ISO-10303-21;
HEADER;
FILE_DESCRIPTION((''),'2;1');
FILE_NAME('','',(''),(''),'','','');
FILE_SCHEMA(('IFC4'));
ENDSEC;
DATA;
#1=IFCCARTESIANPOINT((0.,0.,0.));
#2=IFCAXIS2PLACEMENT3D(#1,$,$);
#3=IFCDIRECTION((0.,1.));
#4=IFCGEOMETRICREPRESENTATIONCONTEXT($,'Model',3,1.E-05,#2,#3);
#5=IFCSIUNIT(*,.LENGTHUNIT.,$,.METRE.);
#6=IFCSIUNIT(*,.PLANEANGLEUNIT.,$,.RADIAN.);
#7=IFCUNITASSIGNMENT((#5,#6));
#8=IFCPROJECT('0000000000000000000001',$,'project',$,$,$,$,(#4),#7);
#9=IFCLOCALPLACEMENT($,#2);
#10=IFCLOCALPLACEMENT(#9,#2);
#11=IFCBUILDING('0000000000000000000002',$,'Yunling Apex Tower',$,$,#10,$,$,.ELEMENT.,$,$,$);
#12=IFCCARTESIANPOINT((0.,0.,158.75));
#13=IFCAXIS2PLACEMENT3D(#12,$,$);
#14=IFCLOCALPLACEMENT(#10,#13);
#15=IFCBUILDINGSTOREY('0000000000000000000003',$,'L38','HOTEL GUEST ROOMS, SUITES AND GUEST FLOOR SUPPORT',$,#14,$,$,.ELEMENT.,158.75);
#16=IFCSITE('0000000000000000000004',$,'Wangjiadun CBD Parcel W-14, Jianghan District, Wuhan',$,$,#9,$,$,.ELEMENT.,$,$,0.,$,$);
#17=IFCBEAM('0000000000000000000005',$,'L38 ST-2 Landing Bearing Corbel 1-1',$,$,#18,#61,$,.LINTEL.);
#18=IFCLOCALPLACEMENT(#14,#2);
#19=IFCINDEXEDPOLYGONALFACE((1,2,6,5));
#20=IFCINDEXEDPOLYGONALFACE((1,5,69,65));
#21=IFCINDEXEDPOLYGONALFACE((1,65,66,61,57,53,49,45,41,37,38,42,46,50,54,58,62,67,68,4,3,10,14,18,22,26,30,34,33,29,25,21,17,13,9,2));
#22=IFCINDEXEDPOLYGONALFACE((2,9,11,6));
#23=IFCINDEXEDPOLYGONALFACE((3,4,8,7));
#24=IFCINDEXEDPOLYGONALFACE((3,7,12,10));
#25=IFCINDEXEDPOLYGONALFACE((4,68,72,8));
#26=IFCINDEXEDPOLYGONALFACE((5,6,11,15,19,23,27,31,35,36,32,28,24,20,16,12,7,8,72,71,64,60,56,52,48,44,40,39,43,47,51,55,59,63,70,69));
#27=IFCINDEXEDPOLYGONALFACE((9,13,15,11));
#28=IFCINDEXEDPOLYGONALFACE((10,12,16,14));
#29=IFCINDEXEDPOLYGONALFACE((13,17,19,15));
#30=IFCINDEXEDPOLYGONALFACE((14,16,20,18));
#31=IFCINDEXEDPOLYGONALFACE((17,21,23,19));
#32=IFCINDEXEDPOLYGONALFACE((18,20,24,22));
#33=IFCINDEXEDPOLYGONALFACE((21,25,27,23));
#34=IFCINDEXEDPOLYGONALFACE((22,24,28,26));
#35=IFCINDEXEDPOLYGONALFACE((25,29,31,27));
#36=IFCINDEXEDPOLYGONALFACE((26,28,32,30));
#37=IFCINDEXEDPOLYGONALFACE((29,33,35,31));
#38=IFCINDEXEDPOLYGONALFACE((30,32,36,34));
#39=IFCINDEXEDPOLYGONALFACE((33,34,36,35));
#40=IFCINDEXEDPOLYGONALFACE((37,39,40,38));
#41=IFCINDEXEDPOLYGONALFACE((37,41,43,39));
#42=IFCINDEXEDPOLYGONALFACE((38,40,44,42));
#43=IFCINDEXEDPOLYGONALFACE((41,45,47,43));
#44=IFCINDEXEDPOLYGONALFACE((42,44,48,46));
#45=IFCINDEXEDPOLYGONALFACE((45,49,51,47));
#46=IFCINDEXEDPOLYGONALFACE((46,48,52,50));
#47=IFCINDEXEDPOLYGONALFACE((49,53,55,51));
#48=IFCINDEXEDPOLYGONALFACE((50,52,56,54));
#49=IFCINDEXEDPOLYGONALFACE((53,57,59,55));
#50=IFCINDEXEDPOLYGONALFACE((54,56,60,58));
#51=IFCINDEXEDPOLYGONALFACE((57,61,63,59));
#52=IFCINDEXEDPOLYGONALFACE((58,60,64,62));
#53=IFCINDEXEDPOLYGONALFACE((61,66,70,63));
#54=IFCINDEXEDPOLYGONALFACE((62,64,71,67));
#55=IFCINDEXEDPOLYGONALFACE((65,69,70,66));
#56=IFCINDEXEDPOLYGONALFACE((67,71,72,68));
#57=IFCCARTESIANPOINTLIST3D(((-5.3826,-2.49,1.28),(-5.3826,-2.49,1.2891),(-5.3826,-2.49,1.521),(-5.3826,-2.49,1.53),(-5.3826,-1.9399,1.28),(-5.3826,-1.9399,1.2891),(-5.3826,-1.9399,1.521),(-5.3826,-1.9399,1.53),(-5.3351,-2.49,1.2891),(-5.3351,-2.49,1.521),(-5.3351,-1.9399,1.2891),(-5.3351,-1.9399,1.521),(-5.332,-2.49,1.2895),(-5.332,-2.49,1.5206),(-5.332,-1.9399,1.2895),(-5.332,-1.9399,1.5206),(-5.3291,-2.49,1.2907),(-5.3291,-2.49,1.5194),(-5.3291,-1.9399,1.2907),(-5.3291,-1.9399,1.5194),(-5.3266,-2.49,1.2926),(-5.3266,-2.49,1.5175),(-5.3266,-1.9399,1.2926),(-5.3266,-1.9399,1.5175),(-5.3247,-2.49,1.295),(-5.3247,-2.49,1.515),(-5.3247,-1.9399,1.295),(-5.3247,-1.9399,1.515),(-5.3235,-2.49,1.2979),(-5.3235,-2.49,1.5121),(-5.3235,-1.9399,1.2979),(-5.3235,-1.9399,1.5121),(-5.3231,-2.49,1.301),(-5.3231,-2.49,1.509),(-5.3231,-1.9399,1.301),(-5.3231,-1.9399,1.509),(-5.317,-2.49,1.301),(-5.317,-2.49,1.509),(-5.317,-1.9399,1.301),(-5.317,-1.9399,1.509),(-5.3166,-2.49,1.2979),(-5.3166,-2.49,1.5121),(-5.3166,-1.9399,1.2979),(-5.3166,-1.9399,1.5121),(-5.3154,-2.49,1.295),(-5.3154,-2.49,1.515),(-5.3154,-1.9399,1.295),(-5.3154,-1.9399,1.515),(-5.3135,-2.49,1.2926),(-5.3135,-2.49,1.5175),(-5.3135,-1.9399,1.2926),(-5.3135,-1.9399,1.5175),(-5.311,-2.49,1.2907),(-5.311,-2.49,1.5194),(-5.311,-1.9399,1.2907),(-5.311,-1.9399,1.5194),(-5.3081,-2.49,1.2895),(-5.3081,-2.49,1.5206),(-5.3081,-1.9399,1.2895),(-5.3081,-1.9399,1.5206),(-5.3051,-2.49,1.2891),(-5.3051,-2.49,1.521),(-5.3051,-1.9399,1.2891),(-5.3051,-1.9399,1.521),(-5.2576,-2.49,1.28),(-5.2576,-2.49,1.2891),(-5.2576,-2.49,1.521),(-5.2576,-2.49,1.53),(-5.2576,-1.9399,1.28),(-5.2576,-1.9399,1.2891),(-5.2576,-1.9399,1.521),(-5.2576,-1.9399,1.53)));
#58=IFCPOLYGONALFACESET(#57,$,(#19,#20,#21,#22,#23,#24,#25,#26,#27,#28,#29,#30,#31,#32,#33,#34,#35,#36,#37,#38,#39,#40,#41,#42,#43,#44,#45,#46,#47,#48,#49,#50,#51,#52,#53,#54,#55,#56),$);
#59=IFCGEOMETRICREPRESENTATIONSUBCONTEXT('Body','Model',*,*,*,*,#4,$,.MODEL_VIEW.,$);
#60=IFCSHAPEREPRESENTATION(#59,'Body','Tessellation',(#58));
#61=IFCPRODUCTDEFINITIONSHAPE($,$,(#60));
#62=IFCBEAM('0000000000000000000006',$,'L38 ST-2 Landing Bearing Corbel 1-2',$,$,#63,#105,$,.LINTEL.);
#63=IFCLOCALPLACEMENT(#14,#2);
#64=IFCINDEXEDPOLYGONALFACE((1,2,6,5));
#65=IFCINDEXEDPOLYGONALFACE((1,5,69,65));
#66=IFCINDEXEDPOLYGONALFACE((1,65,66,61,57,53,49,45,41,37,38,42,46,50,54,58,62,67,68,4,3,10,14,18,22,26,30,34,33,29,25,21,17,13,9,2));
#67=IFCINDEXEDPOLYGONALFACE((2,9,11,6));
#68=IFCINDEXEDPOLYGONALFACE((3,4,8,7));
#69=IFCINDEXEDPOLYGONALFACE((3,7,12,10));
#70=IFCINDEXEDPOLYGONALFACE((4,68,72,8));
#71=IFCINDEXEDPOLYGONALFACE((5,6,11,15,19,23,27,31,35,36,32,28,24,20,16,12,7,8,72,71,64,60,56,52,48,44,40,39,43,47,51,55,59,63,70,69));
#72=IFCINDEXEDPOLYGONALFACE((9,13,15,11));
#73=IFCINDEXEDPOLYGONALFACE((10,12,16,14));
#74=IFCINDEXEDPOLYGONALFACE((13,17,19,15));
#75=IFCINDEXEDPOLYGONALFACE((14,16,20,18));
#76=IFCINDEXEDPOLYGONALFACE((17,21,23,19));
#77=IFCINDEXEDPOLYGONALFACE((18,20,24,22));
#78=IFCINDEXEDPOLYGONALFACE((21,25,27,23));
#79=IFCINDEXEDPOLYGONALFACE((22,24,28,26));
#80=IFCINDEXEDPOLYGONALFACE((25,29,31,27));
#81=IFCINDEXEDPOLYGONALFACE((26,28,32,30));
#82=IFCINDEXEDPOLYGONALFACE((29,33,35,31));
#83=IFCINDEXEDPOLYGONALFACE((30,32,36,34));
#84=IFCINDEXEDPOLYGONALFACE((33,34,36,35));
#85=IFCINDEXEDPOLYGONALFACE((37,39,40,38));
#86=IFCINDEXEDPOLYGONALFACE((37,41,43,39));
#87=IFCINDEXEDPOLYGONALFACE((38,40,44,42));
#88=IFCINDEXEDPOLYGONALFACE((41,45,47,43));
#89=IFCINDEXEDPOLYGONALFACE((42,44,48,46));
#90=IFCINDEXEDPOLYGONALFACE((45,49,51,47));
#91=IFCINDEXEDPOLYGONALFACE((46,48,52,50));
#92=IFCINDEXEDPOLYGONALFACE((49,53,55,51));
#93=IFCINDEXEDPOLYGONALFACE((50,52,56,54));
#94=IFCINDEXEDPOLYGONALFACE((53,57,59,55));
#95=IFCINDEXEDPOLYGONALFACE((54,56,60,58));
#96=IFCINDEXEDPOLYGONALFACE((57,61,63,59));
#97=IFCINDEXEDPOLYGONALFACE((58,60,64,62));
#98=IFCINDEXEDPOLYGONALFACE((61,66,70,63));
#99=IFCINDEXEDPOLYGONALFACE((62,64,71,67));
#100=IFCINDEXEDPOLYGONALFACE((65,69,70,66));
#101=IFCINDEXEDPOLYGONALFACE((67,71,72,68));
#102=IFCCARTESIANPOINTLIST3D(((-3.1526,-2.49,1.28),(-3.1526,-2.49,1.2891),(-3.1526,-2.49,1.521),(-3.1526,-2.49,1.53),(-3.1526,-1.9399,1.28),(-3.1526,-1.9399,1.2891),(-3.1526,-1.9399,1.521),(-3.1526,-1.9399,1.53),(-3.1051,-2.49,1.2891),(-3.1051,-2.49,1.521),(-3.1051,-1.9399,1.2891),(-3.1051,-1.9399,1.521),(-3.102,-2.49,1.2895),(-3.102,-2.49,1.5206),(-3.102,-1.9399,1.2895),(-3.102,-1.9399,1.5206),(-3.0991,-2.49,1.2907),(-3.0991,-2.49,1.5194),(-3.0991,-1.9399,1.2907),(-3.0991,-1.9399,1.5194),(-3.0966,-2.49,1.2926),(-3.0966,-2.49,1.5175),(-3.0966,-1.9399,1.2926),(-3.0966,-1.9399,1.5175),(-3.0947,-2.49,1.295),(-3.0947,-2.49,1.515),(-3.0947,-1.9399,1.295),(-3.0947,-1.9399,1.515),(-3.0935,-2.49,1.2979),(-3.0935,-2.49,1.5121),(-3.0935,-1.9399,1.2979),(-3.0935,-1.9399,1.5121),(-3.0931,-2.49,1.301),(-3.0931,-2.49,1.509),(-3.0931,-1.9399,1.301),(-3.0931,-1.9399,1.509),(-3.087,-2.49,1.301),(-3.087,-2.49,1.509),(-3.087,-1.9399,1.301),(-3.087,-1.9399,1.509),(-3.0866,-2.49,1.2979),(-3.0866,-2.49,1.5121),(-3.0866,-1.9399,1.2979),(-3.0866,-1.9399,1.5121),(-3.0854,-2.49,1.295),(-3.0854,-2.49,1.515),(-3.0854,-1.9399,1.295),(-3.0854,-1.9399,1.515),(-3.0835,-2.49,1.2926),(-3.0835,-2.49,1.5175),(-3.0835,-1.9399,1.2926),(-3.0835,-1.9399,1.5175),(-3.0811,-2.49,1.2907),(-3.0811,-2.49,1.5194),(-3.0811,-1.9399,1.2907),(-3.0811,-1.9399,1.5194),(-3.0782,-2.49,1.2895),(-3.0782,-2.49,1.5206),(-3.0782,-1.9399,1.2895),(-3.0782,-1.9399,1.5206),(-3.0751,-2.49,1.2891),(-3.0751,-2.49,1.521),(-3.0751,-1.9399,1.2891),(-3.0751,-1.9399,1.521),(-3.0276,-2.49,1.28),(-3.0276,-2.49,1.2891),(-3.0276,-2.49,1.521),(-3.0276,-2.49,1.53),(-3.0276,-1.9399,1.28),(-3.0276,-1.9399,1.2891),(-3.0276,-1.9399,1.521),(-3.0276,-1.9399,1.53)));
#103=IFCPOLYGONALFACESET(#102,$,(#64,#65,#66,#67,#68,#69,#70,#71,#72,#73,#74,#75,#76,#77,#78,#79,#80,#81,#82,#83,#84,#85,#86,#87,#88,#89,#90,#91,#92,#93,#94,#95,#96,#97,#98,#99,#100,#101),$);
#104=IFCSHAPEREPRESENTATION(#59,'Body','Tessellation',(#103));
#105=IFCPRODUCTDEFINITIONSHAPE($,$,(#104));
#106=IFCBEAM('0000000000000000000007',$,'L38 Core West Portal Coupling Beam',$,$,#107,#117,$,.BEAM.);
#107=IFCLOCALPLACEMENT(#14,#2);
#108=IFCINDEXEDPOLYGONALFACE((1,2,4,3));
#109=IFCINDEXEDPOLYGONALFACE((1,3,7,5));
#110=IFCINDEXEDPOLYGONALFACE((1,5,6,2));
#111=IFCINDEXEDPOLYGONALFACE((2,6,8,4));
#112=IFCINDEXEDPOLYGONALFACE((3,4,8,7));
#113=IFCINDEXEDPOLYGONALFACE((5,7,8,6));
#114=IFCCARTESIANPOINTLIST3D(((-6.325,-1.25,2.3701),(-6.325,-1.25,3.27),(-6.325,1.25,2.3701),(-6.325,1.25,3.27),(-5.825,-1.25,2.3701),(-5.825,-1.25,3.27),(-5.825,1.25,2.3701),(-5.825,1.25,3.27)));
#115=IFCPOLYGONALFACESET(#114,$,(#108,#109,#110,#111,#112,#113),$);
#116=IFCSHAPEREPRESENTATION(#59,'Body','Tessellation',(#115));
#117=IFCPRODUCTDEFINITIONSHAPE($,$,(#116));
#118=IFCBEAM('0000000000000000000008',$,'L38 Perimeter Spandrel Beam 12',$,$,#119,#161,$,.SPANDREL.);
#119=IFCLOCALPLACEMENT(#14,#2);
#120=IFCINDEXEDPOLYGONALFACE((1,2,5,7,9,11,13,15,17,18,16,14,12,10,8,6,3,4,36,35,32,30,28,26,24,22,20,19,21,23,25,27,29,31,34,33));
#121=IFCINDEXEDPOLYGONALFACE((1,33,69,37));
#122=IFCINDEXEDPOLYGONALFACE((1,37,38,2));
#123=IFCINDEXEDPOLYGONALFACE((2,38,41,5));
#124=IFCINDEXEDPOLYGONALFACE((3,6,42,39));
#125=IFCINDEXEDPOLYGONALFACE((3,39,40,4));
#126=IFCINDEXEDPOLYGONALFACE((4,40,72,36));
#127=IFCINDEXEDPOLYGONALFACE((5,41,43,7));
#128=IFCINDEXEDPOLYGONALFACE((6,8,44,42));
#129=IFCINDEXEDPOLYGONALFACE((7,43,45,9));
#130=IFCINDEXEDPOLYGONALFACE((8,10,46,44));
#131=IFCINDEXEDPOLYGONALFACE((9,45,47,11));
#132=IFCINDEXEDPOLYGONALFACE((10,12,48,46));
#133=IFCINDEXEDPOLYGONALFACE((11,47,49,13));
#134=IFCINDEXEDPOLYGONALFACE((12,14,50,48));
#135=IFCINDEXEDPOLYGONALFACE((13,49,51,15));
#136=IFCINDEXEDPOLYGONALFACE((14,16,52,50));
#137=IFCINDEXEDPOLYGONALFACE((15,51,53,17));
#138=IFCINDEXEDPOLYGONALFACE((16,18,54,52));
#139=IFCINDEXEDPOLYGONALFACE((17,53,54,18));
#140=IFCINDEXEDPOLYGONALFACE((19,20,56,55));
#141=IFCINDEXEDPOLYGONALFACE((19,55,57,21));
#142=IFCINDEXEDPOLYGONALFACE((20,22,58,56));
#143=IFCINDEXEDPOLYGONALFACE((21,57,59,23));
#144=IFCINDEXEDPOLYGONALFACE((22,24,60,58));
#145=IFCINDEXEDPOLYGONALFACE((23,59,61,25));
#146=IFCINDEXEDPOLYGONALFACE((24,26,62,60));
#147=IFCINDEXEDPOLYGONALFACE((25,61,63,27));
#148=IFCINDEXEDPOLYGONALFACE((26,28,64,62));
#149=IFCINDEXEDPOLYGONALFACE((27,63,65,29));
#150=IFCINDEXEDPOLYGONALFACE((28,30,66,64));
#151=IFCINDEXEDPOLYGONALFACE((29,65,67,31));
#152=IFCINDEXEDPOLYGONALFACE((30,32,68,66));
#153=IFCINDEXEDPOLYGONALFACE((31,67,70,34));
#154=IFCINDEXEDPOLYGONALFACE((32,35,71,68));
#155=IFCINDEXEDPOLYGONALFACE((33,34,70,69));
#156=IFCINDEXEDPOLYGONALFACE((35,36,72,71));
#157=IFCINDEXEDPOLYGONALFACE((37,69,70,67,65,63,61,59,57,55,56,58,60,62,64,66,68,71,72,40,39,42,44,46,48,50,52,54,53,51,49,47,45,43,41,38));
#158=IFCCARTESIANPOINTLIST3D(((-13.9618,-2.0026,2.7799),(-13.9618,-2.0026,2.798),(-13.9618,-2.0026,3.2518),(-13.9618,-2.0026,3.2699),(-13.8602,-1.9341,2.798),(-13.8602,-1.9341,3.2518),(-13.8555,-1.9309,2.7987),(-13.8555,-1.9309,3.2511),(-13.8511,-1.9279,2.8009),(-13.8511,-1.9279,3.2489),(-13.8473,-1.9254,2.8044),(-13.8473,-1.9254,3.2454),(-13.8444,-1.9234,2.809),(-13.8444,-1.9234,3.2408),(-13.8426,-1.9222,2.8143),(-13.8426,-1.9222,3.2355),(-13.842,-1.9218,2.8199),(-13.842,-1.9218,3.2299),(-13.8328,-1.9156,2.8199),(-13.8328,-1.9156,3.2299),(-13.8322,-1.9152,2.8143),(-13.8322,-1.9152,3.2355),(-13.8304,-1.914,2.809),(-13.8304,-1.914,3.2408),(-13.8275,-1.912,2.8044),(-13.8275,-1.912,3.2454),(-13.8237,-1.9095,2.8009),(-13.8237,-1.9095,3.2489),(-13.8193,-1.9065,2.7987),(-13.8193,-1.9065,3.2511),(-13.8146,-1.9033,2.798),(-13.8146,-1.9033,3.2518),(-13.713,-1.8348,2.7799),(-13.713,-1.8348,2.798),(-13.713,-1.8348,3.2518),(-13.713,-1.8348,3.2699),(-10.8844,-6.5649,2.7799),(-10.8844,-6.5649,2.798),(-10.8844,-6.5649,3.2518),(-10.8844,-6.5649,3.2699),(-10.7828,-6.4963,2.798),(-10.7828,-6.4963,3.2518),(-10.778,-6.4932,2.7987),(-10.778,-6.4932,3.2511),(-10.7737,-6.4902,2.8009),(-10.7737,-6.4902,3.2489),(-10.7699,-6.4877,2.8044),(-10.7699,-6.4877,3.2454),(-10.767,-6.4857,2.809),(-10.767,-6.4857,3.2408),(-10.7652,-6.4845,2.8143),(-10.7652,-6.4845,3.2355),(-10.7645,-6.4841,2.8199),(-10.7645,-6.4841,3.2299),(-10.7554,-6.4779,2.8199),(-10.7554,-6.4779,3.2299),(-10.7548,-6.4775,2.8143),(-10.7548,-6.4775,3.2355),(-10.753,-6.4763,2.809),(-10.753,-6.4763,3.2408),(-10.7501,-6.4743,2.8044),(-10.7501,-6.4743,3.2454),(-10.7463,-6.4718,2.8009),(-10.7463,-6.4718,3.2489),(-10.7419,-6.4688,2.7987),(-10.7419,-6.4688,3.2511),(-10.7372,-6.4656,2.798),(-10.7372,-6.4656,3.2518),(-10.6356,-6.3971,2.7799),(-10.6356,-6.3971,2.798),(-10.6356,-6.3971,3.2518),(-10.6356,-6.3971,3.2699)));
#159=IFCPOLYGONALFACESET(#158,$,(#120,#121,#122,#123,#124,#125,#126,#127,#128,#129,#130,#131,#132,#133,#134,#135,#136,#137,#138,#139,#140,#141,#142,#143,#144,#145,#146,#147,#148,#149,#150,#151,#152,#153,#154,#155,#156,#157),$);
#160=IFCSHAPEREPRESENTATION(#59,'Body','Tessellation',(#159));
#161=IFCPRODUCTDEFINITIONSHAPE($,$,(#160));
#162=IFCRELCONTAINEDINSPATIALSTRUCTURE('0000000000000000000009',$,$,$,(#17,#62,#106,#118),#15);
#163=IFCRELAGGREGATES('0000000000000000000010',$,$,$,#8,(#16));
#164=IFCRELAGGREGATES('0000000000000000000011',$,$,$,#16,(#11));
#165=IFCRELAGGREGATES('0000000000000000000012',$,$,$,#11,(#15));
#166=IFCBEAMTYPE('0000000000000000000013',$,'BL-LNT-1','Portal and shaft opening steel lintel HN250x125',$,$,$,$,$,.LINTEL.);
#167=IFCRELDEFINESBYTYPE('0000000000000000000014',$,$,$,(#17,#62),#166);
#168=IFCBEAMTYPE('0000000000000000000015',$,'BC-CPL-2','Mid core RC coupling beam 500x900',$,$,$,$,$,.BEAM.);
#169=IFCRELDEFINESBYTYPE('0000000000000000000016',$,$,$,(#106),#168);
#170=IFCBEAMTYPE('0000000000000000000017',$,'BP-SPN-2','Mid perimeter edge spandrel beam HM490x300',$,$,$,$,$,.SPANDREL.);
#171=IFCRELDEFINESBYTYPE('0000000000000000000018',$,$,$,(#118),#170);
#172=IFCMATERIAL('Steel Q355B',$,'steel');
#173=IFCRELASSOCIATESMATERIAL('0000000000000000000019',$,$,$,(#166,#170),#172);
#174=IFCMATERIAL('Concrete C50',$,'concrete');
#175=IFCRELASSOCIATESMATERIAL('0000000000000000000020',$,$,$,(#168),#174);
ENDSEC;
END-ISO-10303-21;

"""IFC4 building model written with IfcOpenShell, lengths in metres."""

from ifc_helpers import new_model, si_unit, direction, frame, origin, origin_2d, place, context, subcontext, project, spatial, rectangle, i_section, extrude, source, transform, mapped, material, material_profile, profile_set, type_object, element, save


model = new_model("IFC4")

# Units and contexts
model_context = context("Model", 3, precision=1e-05, world=origin(), true_north=direction((0.0, 1.0)))
body_context = subcontext(model_context, "Body", "Model", "MODEL_VIEW")
ifc_project = project(units=[si_unit("LENGTHUNIT", "METRE"), si_unit("PLANEANGLEUNIT", "RADIAN")], contexts=[model_context])

# Site, building, storey
site_placement = place(None, origin())
site = spatial("IfcSite", under=ifc_project, at=site_placement, Name="Wangjiadun CBD Parcel W-14, Jianghan District, Wuhan", CompositionType="ELEMENT", RefElevation=0.0)
building_placement = place(site_placement, origin())
building = spatial("IfcBuilding", under=site, at=building_placement, Name="Yunling Apex Tower", CompositionType="ELEMENT")
storey_placement = place(building_placement, frame((0.0, 0.0, 158.75)))
storey = spatial("IfcBuildingStorey", under=building, at=storey_placement, Name="L38", Description="HOTEL GUEST ROOMS, SUITES AND GUEST FLOOR SUPPORT", CompositionType="ELEMENT", Elevation=158.75)

# Shared definitions
ifc_material_1 = material(Name="Concrete C50", Category="concrete")

# Beams
ifc_material_2 = material(Name="Steel Q355B", Category="steel")
ifc_material_profile_1 = material_profile(ifc_material_2, i_section(OverallWidth=0.125, OverallDepth=0.25, WebThickness=0.0061, FlangeThickness=0.009, FilletRadius=0.012, at=origin_2d()))
ifc_profile_set_1 = profile_set([ifc_material_profile_1], Name="Steel Q355B")
beam_type_1 = type_object("IfcBeamType", Name="BL-LNT-1", Description="Portal and shaft opening steel lintel HN250x125", PredefinedType="LINTEL", material=ifc_profile_set_1)
shared_shape_1 = source(origin(), body_context, "Body", "SweptSolid", [
    extrude(i_section(OverallWidth=0.125, OverallDepth=0.25, WebThickness=0.0061, FlangeThickness=0.009, FilletRadius=0.012, at=origin_2d()), origin(), (0.0, 0.0, 1.0), 0.55),
])
for number, where, z_axis, x_axis, name in (
    (1, (-5.3201, -1.9399, 1.405), (0.0, -1.0, 0.0), (1.0, 0.0, 0.0), "L38 ST-2 Landing Bearing Corbel 1-1"),
    (2, (-3.0901, -1.9399, 1.405), (0.0, -1.0, 0.0), (1.0, 0.0, 0.0), "L38 ST-2 Landing Bearing Corbel 1-2"),
):
    element("IfcBeam", number, at=place(storey_placement, frame(where, z_axis=z_axis, x_axis=x_axis)), inside=storey, type_object=beam_type_1, Name=name, PredefinedType="LINTEL", context=body_context, shape_type="MappedRepresentation", body=[
        mapped(shared_shape_1, transform((0.0, 0.0, 0.0), scale=1.0)),
    ])
ifc_material_profile_2 = material_profile(ifc_material_1, rectangle(XDim=0.5, YDim=0.8999, at=origin_2d()))
ifc_profile_set_2 = profile_set([ifc_material_profile_2], Name="Concrete C50")
beam_type_2 = type_object("IfcBeamType", Name="BC-CPL-2", Description="Mid core RC coupling beam 500x900", PredefinedType="BEAM", material=ifc_profile_set_2)
shared_shape_2 = source(origin(), body_context, "Body", "SweptSolid", [
    extrude(rectangle(XDim=0.5, YDim=0.8999, at=origin_2d()), origin(), (0.0, 0.0, 1.0), 2.5),
])
beam_1_placement = place(storey_placement, frame((-6.075, -1.25, 2.8201), z_axis=(0.0, 1.0, 0.0), x_axis=(-1.0, 0.0, 0.0)))
element("IfcBeam", 3, at=beam_1_placement, inside=storey, type_object=beam_type_2, Name="L38 Core West Portal Coupling Beam", PredefinedType="BEAM", context=body_context, shape_type="MappedRepresentation", body=[
    mapped(shared_shape_2, transform((0.0, 0.0, 0.0), scale=1.0)),
])
ifc_material_profile_3 = material_profile(ifc_material_2, i_section(OverallWidth=0.3, OverallDepth=0.49, WebThickness=0.011, FlangeThickness=0.0181, FilletRadius=0.022, at=origin_2d()))
ifc_profile_set_3 = profile_set([ifc_material_profile_3], Name="Steel Q355B")
beam_type_3 = type_object("IfcBeamType", Name="BP-SPN-2", Description="Mid perimeter edge spandrel beam HM490x300", PredefinedType="SPANDREL", material=ifc_profile_set_3)
shared_shape_3 = source(origin(), body_context, "Body", "SweptSolid", [
    extrude(i_section(OverallWidth=0.3, OverallDepth=0.49, WebThickness=0.011, FlangeThickness=0.0181, FilletRadius=0.022, at=origin_2d()), origin(), (0.0, 0.0, 1.0), 5.5032),
])
beam_2_placement = place(storey_placement, frame((-13.8374, -1.9187, 3.0249), z_axis=(0.559207, -0.829028, 0.0), x_axis=(0.829028, 0.559207, 0.0)))
element("IfcBeam", 4, at=beam_2_placement, inside=storey, type_object=beam_type_3, Name="L38 Perimeter Spandrel Beam 12", PredefinedType="SPANDREL", context=body_context, shape_type="MappedRepresentation", body=[
    mapped(shared_shape_3, transform((0.0, 0.0, 0.0), scale=1.0)),
])

save(model, "model.ifc")
